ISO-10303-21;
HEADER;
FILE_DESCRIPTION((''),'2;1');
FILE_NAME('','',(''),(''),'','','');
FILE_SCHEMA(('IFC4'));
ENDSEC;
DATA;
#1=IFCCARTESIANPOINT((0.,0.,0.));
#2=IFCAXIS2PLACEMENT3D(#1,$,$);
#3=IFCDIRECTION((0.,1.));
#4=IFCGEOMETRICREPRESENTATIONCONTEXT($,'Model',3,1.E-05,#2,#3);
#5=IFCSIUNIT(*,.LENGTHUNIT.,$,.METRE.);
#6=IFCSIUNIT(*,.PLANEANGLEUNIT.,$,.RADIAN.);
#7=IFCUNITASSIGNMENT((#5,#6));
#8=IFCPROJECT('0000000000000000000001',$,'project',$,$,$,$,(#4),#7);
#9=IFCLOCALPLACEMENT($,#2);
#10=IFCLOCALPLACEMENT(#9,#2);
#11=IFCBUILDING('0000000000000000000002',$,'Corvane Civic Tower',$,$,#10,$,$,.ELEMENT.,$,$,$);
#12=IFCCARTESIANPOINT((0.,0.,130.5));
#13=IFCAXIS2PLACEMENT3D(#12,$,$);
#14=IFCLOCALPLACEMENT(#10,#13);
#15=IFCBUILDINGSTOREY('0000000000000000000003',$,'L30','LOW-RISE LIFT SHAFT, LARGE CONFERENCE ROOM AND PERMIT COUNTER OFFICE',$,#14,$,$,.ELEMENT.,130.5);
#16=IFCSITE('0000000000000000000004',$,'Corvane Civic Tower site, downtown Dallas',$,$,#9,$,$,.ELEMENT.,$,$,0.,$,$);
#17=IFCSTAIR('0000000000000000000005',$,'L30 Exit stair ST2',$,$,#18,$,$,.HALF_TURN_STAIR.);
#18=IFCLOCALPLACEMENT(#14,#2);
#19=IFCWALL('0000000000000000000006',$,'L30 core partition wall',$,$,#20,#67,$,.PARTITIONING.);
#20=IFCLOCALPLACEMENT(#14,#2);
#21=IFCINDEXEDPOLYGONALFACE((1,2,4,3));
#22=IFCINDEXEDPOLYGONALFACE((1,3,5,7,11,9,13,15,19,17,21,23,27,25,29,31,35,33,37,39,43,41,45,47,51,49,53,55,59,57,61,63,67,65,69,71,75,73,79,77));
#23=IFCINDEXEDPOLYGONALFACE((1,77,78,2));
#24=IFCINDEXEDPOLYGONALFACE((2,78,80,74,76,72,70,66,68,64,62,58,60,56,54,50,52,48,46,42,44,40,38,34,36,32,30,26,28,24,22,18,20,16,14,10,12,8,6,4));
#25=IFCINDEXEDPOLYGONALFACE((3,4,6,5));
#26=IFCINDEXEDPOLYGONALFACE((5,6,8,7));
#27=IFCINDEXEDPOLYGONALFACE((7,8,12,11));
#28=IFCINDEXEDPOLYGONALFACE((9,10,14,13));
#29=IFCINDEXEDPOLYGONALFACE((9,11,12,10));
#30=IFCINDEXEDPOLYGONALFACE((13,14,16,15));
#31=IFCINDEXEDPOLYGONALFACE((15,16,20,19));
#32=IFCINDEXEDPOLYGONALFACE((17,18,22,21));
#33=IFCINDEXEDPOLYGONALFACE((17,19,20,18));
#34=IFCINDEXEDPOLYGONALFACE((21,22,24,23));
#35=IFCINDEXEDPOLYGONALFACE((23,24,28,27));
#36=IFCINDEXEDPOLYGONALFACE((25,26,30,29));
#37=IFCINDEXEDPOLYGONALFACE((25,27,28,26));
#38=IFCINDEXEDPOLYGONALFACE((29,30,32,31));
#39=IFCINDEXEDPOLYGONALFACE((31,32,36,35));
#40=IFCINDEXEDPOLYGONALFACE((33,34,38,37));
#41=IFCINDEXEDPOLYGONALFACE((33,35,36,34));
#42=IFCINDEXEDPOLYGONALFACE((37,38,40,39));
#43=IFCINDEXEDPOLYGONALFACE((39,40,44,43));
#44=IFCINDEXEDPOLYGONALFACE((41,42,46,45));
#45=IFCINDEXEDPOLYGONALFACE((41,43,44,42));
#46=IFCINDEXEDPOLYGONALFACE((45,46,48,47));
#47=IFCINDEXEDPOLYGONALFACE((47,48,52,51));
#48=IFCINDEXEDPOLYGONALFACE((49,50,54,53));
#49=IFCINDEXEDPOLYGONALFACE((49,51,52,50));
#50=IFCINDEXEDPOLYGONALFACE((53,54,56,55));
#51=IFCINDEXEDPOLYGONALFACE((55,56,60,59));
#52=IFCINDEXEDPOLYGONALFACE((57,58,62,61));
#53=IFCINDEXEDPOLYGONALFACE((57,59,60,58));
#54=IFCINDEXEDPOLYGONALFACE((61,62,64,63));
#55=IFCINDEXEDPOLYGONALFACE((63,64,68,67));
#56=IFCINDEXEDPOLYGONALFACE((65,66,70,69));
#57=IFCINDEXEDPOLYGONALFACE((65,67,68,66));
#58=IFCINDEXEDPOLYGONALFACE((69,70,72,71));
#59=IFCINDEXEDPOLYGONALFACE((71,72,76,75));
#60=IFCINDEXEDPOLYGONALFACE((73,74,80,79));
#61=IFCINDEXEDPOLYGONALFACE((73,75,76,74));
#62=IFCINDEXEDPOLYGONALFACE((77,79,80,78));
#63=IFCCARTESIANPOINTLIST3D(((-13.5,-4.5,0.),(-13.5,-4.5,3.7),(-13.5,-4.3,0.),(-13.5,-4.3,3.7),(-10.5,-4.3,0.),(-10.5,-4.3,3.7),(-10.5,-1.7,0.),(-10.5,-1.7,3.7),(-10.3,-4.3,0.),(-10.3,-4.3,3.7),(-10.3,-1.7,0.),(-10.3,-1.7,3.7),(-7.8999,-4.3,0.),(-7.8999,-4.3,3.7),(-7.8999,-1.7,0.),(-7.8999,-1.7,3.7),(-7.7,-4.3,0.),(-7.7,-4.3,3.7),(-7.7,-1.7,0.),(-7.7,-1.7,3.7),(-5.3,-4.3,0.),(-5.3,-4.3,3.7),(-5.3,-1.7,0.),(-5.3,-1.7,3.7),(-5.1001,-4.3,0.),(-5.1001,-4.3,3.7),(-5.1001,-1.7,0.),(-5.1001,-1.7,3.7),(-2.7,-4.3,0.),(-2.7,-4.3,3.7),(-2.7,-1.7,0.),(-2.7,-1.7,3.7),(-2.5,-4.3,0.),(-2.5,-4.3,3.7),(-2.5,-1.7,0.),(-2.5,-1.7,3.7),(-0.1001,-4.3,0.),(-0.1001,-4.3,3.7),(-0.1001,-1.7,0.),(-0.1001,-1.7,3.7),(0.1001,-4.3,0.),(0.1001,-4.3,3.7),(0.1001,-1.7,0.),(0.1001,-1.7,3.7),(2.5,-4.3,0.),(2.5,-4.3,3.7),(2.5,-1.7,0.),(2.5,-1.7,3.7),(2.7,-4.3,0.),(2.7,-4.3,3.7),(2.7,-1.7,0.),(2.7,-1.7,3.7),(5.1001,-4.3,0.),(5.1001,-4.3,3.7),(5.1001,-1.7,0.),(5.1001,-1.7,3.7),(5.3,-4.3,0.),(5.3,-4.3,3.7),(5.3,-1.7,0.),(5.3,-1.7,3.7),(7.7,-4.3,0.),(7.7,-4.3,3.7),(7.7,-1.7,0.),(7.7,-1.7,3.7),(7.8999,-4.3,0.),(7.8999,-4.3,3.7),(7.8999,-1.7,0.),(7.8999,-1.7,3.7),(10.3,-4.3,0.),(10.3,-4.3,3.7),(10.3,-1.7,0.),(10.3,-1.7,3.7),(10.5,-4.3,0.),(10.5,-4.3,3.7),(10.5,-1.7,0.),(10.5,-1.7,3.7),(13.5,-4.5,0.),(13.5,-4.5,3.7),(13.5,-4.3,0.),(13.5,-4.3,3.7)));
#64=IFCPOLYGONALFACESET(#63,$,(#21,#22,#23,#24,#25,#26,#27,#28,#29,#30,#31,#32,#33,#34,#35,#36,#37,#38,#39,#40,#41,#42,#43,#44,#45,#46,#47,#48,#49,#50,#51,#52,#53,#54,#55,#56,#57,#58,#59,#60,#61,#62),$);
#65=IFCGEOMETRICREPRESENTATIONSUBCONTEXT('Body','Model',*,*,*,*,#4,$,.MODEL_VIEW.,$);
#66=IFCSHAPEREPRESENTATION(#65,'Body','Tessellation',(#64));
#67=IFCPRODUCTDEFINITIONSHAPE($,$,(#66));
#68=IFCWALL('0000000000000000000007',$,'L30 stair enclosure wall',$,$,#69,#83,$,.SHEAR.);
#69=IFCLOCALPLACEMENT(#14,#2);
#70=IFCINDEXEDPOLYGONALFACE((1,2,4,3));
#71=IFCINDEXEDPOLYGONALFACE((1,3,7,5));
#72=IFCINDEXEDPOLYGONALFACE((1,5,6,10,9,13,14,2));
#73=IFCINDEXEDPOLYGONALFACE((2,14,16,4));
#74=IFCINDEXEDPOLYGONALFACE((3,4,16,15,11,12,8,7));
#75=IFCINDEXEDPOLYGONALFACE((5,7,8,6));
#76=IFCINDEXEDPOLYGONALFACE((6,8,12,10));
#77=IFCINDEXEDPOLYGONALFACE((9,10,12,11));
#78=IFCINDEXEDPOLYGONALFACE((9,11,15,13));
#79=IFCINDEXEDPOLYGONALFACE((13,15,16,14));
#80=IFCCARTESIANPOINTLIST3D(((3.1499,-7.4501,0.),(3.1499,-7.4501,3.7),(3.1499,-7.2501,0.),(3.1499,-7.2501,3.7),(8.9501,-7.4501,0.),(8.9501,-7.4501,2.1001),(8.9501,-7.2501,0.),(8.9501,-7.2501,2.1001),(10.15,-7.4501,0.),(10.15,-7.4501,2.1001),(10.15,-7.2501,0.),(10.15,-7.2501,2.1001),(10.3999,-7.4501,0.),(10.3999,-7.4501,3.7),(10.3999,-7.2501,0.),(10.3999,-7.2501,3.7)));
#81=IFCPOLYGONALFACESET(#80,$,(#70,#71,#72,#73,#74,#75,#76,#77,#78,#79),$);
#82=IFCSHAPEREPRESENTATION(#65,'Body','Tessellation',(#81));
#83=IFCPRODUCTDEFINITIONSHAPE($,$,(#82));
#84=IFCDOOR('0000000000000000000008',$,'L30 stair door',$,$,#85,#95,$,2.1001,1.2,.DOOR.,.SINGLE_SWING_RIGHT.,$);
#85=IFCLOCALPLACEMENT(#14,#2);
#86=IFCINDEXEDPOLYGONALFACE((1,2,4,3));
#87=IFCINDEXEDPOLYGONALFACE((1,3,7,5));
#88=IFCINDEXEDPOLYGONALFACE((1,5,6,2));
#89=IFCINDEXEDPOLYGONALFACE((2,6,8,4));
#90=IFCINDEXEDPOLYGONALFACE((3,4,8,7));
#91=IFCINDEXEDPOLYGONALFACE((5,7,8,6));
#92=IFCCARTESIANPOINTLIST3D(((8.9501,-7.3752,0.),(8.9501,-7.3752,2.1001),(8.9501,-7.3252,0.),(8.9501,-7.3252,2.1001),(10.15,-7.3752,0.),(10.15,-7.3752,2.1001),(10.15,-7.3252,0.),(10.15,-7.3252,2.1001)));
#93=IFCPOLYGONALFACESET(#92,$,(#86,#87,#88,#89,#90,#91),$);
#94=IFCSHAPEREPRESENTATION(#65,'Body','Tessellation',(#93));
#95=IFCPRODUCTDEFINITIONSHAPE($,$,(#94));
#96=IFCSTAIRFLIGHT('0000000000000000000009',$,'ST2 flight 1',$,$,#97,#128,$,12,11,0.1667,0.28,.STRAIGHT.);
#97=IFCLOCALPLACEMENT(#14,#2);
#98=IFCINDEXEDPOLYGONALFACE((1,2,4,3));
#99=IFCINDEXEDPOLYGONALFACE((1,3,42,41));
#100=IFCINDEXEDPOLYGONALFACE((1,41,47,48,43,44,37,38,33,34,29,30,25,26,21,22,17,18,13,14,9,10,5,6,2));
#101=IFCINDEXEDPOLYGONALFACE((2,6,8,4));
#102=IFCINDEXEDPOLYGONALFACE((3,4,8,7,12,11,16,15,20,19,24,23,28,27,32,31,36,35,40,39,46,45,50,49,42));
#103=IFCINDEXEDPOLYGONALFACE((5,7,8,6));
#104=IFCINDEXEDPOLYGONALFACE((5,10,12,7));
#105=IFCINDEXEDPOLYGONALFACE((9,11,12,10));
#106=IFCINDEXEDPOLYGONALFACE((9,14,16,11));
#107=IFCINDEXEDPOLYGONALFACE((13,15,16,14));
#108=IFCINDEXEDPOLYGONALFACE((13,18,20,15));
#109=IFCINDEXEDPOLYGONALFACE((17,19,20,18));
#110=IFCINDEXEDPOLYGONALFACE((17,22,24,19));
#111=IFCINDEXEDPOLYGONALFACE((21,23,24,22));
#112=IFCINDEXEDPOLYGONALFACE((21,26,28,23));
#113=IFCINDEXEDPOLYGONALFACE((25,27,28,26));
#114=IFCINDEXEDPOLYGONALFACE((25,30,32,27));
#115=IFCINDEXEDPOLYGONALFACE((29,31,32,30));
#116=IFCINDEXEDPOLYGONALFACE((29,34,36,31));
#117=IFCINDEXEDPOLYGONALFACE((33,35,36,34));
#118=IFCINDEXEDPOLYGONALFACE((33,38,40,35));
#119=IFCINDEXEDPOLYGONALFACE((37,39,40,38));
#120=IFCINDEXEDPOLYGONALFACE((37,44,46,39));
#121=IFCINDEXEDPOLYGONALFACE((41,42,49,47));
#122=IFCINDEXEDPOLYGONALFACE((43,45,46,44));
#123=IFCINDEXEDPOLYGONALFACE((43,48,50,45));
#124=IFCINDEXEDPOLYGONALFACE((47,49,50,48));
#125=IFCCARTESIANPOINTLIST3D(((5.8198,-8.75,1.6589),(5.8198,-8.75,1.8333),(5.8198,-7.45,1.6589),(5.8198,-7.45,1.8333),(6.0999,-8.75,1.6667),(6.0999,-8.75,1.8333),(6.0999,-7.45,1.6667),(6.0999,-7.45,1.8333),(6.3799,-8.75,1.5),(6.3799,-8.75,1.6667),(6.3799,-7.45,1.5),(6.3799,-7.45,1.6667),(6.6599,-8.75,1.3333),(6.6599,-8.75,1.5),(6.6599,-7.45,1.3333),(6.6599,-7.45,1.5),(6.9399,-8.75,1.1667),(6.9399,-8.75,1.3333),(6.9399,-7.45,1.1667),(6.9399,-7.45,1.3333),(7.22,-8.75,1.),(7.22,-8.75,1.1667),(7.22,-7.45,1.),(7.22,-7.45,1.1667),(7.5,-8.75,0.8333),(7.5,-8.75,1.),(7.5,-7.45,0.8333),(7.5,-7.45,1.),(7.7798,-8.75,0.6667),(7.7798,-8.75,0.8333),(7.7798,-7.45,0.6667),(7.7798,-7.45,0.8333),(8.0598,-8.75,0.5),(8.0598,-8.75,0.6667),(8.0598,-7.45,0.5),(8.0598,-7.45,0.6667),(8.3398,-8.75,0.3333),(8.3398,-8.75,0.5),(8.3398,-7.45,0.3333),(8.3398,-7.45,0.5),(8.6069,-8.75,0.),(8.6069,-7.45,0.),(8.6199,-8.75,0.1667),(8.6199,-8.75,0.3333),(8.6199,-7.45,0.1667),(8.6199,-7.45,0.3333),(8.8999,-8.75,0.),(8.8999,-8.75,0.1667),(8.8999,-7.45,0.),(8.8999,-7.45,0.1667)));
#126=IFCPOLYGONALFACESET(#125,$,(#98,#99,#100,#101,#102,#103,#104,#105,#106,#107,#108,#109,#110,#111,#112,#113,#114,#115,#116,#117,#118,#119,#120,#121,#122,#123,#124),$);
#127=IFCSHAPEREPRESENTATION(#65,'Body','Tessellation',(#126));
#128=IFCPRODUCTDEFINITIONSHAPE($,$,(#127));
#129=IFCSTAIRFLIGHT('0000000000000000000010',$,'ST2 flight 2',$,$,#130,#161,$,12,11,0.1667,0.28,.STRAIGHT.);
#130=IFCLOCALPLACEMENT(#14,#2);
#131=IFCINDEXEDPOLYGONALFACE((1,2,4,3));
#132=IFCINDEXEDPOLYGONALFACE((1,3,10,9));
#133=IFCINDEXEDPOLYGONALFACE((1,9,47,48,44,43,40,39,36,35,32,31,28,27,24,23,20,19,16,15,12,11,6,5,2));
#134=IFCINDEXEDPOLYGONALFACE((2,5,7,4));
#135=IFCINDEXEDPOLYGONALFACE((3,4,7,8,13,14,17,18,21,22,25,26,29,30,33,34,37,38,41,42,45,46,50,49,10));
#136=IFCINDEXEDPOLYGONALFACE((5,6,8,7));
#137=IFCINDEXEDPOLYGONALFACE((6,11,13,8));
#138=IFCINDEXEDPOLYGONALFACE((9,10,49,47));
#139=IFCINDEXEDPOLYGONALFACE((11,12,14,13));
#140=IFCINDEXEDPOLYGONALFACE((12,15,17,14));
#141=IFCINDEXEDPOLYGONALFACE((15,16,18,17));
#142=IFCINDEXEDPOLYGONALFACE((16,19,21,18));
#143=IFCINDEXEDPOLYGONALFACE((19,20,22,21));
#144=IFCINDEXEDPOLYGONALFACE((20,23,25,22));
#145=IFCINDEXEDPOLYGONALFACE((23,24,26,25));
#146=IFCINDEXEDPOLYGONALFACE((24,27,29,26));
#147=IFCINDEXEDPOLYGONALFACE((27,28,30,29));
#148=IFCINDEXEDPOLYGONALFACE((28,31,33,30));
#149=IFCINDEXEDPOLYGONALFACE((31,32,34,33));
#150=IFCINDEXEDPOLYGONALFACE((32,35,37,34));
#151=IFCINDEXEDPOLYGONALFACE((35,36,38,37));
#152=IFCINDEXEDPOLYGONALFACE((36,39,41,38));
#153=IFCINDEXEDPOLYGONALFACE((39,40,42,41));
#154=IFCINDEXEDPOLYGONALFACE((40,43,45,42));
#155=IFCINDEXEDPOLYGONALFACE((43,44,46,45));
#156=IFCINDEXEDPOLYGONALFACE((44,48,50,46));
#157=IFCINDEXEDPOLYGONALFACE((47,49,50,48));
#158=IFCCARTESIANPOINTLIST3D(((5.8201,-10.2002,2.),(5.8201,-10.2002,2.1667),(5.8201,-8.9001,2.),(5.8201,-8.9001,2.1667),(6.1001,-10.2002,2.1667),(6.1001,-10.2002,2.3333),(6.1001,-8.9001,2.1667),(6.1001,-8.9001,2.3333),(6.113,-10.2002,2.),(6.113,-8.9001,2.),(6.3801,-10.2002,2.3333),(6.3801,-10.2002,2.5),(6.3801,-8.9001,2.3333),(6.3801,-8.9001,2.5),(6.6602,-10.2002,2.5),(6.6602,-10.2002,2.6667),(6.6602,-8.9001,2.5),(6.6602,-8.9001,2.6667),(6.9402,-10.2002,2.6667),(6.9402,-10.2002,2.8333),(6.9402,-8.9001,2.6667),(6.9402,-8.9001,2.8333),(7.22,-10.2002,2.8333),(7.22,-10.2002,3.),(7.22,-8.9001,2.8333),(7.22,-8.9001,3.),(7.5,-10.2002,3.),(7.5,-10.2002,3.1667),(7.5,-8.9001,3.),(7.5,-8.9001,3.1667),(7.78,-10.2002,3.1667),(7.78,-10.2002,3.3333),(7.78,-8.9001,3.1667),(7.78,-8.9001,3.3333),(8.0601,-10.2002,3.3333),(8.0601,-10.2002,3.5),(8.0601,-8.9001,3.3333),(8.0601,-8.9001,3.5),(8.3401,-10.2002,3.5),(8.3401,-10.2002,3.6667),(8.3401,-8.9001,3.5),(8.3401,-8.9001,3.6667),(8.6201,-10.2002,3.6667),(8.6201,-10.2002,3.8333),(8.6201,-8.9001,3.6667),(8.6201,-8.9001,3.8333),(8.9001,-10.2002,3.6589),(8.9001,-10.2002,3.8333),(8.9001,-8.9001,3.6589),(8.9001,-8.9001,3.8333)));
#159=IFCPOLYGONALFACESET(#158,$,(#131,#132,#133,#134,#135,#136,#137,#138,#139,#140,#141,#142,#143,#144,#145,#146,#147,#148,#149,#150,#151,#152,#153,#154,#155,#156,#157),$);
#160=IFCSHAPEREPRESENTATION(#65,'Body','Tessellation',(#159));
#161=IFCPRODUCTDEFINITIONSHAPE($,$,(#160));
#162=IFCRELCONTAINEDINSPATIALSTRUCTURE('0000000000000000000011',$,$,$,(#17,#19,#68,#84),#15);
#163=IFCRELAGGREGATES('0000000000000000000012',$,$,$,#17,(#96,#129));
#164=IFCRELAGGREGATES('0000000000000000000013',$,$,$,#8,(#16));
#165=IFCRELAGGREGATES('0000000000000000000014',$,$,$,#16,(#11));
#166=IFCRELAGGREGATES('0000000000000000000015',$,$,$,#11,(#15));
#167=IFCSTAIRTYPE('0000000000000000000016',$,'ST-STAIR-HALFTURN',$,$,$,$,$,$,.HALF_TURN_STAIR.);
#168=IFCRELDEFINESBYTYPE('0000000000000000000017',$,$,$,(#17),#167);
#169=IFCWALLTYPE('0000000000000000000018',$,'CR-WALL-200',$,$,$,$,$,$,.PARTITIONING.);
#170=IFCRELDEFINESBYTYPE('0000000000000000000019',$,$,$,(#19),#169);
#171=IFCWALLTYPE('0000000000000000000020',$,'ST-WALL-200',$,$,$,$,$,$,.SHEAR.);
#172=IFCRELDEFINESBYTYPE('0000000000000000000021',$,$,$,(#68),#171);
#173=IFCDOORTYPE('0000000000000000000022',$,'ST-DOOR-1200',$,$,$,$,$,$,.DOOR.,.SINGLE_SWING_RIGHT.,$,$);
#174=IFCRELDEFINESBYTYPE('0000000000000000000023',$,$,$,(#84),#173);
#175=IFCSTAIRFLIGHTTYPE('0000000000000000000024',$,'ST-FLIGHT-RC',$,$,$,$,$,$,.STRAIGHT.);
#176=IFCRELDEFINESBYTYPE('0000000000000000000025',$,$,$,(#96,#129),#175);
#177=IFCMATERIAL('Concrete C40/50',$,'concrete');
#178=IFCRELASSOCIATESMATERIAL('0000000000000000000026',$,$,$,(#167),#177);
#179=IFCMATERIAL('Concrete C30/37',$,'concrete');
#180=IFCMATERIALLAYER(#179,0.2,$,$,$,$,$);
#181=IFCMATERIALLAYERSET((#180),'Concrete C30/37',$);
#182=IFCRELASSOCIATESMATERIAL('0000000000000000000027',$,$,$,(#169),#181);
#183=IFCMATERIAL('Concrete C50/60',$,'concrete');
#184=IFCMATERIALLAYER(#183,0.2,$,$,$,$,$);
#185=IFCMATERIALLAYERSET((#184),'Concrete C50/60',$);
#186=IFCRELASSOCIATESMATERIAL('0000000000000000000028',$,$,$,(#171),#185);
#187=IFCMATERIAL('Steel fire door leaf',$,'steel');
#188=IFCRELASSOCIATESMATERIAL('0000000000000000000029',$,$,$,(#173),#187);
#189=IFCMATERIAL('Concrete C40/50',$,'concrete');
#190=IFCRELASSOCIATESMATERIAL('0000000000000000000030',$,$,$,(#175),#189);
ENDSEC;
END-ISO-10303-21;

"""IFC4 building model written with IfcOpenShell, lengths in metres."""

from ifc_helpers import new_model, si_unit, direction, frame, frame_2d, origin, place, context, subcontext, project, spatial, polyline, rectangle, outline, extrude, material, layer, layer_set, type_object, element, fill, aggregate, save


model = new_model("IFC4")

# Units and contexts
model_context = context("Model", 3, precision=1e-05, world=origin(), true_north=direction((0.0, 1.0)))
body_context = subcontext(model_context, "Body", "Model", "MODEL_VIEW")
ifc_project = project(units=[si_unit("LENGTHUNIT", "METRE"), si_unit("PLANEANGLEUNIT", "RADIAN")], contexts=[model_context])

# Site, building, storey
site_placement = place(None, origin())
site = spatial("IfcSite", under=ifc_project, at=site_placement, Name="Corvane Civic Tower site, downtown Dallas", CompositionType="ELEMENT", RefElevation=0.0)
building_placement = place(site_placement, origin())
building = spatial("IfcBuilding", under=site, at=building_placement, Name="Corvane Civic Tower", CompositionType="ELEMENT")
storey_placement = place(building_placement, frame((0.0, 0.0, 130.5)))
storey = spatial("IfcBuildingStorey", under=building, at=storey_placement, Name="L30", Description="LOW-RISE LIFT SHAFT, LARGE CONFERENCE ROOM AND PERMIT COUNTER OFFICE", CompositionType="ELEMENT", Elevation=130.5)

# Stair
ifc_material_1 = material(Name="Concrete C40/50", Category="concrete")
stair_type = type_object("IfcStairType", Name="ST-STAIR-HALFTURN", PredefinedType="HALF_TURN_STAIR", material=ifc_material_1)
stair_1_placement = place(storey_placement, origin())
stair_1 = element("IfcStair", 1, at=stair_1_placement, inside=storey, type_object=stair_type, Name="L30 Exit stair ST2", PredefinedType="HALF_TURN_STAIR")

# Shared definitions
ifc_material_2 = material(Name="Concrete C30/37", Category="concrete")
ifc_layer_1 = layer(ifc_material_2, 0.2)
ifc_layer_set_1 = layer_set([ifc_layer_1], Name="Concrete C30/37")
wall_type_1 = type_object("IfcWallType", Name="CR-WALL-200", PredefinedType="PARTITIONING", material=ifc_layer_set_1)

# Wall
wall_1_placement = place(storey_placement, origin())
element("IfcWall", 2, at=wall_1_placement, inside=storey, type_object=wall_type_1, Name="L30 core partition wall", PredefinedType="PARTITIONING", context=body_context, shape_type="SweptSolid", body=[
    extrude(outline(polyline([(-10.3, -1.7), (-10.3, -4.3), (-7.8999, -4.3), (-7.8999, -1.7), (-7.7, -1.7), (-7.7, -4.3), (-5.3, -4.3), (-5.3, -1.7), (-5.1001, -1.7), (-5.1001, -4.3), (-2.7, -4.3), (-2.7, -1.7), (-2.5, -1.7), (-2.5, -4.3), (-0.1001, -4.3), (-0.1001, -1.7), (0.1001, -1.7), (0.1001, -4.3), (2.5, -4.3), (2.5, -1.7), (2.7, -1.7), (2.7, -4.3), (5.1001, -4.3), (5.1001, -1.7), (5.3, -1.7), (5.3, -4.3), (7.7, -4.3), (7.7, -1.7), (7.8999, -1.7), (7.8999, -4.3), (10.3, -4.3), (10.3, -1.7), (10.5, -1.7), (10.5, -4.3), (13.5, -4.3), (13.5, -4.5), (-13.5, -4.5), (-13.5, -4.3), (-10.5, -4.3), (-10.5, -1.7), (-10.3, -1.7)])), origin(), (0.0, 0.0, 1.0), 3.7),
])

# Wall, opening, door
ifc_material_3 = material(Name="Concrete C50/60", Category="concrete")
ifc_layer_2 = layer(ifc_material_3, 0.2)
ifc_layer_set_2 = layer_set([ifc_layer_2], Name="Concrete C50/60")
wall_type_2 = type_object("IfcWallType", Name="ST-WALL-200", PredefinedType="SHEAR", material=ifc_layer_set_2)
wall_2_placement = place(storey_placement, frame((3.1499, -7.3501, 0.0), z_axis=(0.0, 0.0, 1.0), x_axis=(1.0, 0.0, 0.0)))
wall_2 = element("IfcWall", 3, at=wall_2_placement, inside=storey, type_object=wall_type_2, Name="L30 stair enclosure wall", PredefinedType="SHEAR", context=body_context, shape_type="SweptSolid", body=[
    extrude(rectangle(XDim=7.25, YDim=0.2, at=frame_2d((3.625, 0.0))), origin(), (0.0, 0.0, 1.0), 3.7),
])
opening_1_placement = place(wall_2_placement, frame((5.8, 0.0, 0.0)))
opening_1 = element("IfcOpeningElement", 4, at=opening_1_placement, cuts=wall_2, PredefinedType="OPENING", context=body_context, shape_type="SweptSolid", body=[
    extrude(rectangle(XDim=1.2, YDim=2.1001, at=frame_2d((0.6001, 1.05))), frame((0.0, 0.1099, 0.0), z_axis=(0.0, -1.0, 0.0), x_axis=(1.0, 0.0, 0.0)), (0.0, 0.0, 1.0), 0.22),
])
ifc_material_4 = material(Name="Steel fire door leaf", Category="steel")
door_type_1 = type_object("IfcDoorType", Name="ST-DOOR-1200", OperationType="SINGLE_SWING_RIGHT", PredefinedType="DOOR", material=ifc_material_4)
door_1_placement = place(opening_1_placement, origin())
door_1 = element("IfcDoor", 5, at=door_1_placement, inside=storey, type_object=door_type_1, Name="L30 stair door", OperationType="SINGLE_SWING_RIGHT", OverallHeight=2.1001, OverallWidth=1.2, PredefinedType="DOOR", context=body_context, shape_type="SweptSolid", body=[
    extrude(rectangle(XDim=1.2, YDim=2.1001, at=frame_2d((0.6001, 1.05))), frame((0.0, 0.0249, 0.0), z_axis=(0.0, -1.0, 0.0), x_axis=(1.0, 0.0, 0.0)), (0.0, 0.0, 1.0), 0.05),
])
fill(opening_1, door_1)

# Stair flights
ifc_material_5 = material(Name="Concrete C40/50", Category="concrete")
stair_flight_type = type_object("IfcStairFlightType", Name="ST-FLIGHT-RC", PredefinedType="STRAIGHT", material=ifc_material_5)
stair_flight_1_placement = place(storey_placement, frame((8.8999, -8.1001, 0.0), z_axis=(0.0, 0.0, 1.0), x_axis=(-1.0, 0.0, 0.0)))
stair_flight_1 = element("IfcStairFlight", 6, at=stair_flight_1_placement, type_object=stair_flight_type, Name="ST2 flight 1", NumberOfRisers=12, NumberOfTreads=11, PredefinedType="STRAIGHT", RiserHeight=0.1667, TreadLength=0.28, context=body_context, shape_type="SweptSolid", body=[
    extrude(outline(polyline([(0.0, 0.0), (0.0, 0.1667), (0.28, 0.1667), (0.28, 0.3333), (0.5601, 0.3333), (0.5601, 0.5), (0.8401, 0.5), (0.8401, 0.6667), (1.1201, 0.6667), (1.1201, 0.8333), (1.3999, 0.8333), (1.3999, 1.0), (1.6799, 1.0), (1.6799, 1.1667), (1.96, 1.1667), (1.96, 1.3333), (2.24, 1.3333), (2.24, 1.5), (2.52, 1.5), (2.52, 1.6667), (2.8, 1.6667), (2.8, 1.8333), (3.0801, 1.8333), (3.0801, 2.0), (3.0801, 1.6589), (0.293, 0.0), (0.0, 0.0)])), frame((0.0, 0.6499, 0.0), z_axis=(0.0, -1.0, 0.0), x_axis=(1.0, 0.0, 0.0)), (0.0, 0.0, 1.0), 1.3),
])
stair_flight_2_placement = place(storey_placement, frame((5.8201, -9.55, 2.0), z_axis=(0.0, 0.0, 1.0), x_axis=(1.0, 0.0, 0.0)))
stair_flight_2 = element("IfcStairFlight", 7, at=stair_flight_2_placement, type_object=stair_flight_type, Name="ST2 flight 2", NumberOfRisers=12, NumberOfTreads=11, PredefinedType="STRAIGHT", RiserHeight=0.1667, TreadLength=0.28, context=body_context, shape_type="SweptSolid", body=[
    extrude(outline(polyline([(0.0, 0.0), (0.0, 0.1667), (0.28, 0.1667), (0.28, 0.3333), (0.5601, 0.3333), (0.5601, 0.5), (0.8401, 0.5), (0.8401, 0.6667), (1.1201, 0.6667), (1.1201, 0.8333), (1.3999, 0.8333), (1.3999, 1.0), (1.6799, 1.0), (1.6799, 1.1667), (1.96, 1.1667), (1.96, 1.3333), (2.24, 1.3333), (2.24, 1.5), (2.52, 1.5), (2.52, 1.6667), (2.8, 1.6667), (2.8, 1.8333), (3.0801, 1.8333), (3.0801, 2.0), (3.0801, 1.6589), (0.293, 0.0), (0.0, 0.0)])), frame((0.0, 0.6499, 0.0), z_axis=(0.0, -1.0, 0.0), x_axis=(1.0, 0.0, 0.0)), (0.0, 0.0, 1.0), 1.3),
])
aggregate(stair_1, [stair_flight_1, stair_flight_2])

save(model, "model.ifc")
